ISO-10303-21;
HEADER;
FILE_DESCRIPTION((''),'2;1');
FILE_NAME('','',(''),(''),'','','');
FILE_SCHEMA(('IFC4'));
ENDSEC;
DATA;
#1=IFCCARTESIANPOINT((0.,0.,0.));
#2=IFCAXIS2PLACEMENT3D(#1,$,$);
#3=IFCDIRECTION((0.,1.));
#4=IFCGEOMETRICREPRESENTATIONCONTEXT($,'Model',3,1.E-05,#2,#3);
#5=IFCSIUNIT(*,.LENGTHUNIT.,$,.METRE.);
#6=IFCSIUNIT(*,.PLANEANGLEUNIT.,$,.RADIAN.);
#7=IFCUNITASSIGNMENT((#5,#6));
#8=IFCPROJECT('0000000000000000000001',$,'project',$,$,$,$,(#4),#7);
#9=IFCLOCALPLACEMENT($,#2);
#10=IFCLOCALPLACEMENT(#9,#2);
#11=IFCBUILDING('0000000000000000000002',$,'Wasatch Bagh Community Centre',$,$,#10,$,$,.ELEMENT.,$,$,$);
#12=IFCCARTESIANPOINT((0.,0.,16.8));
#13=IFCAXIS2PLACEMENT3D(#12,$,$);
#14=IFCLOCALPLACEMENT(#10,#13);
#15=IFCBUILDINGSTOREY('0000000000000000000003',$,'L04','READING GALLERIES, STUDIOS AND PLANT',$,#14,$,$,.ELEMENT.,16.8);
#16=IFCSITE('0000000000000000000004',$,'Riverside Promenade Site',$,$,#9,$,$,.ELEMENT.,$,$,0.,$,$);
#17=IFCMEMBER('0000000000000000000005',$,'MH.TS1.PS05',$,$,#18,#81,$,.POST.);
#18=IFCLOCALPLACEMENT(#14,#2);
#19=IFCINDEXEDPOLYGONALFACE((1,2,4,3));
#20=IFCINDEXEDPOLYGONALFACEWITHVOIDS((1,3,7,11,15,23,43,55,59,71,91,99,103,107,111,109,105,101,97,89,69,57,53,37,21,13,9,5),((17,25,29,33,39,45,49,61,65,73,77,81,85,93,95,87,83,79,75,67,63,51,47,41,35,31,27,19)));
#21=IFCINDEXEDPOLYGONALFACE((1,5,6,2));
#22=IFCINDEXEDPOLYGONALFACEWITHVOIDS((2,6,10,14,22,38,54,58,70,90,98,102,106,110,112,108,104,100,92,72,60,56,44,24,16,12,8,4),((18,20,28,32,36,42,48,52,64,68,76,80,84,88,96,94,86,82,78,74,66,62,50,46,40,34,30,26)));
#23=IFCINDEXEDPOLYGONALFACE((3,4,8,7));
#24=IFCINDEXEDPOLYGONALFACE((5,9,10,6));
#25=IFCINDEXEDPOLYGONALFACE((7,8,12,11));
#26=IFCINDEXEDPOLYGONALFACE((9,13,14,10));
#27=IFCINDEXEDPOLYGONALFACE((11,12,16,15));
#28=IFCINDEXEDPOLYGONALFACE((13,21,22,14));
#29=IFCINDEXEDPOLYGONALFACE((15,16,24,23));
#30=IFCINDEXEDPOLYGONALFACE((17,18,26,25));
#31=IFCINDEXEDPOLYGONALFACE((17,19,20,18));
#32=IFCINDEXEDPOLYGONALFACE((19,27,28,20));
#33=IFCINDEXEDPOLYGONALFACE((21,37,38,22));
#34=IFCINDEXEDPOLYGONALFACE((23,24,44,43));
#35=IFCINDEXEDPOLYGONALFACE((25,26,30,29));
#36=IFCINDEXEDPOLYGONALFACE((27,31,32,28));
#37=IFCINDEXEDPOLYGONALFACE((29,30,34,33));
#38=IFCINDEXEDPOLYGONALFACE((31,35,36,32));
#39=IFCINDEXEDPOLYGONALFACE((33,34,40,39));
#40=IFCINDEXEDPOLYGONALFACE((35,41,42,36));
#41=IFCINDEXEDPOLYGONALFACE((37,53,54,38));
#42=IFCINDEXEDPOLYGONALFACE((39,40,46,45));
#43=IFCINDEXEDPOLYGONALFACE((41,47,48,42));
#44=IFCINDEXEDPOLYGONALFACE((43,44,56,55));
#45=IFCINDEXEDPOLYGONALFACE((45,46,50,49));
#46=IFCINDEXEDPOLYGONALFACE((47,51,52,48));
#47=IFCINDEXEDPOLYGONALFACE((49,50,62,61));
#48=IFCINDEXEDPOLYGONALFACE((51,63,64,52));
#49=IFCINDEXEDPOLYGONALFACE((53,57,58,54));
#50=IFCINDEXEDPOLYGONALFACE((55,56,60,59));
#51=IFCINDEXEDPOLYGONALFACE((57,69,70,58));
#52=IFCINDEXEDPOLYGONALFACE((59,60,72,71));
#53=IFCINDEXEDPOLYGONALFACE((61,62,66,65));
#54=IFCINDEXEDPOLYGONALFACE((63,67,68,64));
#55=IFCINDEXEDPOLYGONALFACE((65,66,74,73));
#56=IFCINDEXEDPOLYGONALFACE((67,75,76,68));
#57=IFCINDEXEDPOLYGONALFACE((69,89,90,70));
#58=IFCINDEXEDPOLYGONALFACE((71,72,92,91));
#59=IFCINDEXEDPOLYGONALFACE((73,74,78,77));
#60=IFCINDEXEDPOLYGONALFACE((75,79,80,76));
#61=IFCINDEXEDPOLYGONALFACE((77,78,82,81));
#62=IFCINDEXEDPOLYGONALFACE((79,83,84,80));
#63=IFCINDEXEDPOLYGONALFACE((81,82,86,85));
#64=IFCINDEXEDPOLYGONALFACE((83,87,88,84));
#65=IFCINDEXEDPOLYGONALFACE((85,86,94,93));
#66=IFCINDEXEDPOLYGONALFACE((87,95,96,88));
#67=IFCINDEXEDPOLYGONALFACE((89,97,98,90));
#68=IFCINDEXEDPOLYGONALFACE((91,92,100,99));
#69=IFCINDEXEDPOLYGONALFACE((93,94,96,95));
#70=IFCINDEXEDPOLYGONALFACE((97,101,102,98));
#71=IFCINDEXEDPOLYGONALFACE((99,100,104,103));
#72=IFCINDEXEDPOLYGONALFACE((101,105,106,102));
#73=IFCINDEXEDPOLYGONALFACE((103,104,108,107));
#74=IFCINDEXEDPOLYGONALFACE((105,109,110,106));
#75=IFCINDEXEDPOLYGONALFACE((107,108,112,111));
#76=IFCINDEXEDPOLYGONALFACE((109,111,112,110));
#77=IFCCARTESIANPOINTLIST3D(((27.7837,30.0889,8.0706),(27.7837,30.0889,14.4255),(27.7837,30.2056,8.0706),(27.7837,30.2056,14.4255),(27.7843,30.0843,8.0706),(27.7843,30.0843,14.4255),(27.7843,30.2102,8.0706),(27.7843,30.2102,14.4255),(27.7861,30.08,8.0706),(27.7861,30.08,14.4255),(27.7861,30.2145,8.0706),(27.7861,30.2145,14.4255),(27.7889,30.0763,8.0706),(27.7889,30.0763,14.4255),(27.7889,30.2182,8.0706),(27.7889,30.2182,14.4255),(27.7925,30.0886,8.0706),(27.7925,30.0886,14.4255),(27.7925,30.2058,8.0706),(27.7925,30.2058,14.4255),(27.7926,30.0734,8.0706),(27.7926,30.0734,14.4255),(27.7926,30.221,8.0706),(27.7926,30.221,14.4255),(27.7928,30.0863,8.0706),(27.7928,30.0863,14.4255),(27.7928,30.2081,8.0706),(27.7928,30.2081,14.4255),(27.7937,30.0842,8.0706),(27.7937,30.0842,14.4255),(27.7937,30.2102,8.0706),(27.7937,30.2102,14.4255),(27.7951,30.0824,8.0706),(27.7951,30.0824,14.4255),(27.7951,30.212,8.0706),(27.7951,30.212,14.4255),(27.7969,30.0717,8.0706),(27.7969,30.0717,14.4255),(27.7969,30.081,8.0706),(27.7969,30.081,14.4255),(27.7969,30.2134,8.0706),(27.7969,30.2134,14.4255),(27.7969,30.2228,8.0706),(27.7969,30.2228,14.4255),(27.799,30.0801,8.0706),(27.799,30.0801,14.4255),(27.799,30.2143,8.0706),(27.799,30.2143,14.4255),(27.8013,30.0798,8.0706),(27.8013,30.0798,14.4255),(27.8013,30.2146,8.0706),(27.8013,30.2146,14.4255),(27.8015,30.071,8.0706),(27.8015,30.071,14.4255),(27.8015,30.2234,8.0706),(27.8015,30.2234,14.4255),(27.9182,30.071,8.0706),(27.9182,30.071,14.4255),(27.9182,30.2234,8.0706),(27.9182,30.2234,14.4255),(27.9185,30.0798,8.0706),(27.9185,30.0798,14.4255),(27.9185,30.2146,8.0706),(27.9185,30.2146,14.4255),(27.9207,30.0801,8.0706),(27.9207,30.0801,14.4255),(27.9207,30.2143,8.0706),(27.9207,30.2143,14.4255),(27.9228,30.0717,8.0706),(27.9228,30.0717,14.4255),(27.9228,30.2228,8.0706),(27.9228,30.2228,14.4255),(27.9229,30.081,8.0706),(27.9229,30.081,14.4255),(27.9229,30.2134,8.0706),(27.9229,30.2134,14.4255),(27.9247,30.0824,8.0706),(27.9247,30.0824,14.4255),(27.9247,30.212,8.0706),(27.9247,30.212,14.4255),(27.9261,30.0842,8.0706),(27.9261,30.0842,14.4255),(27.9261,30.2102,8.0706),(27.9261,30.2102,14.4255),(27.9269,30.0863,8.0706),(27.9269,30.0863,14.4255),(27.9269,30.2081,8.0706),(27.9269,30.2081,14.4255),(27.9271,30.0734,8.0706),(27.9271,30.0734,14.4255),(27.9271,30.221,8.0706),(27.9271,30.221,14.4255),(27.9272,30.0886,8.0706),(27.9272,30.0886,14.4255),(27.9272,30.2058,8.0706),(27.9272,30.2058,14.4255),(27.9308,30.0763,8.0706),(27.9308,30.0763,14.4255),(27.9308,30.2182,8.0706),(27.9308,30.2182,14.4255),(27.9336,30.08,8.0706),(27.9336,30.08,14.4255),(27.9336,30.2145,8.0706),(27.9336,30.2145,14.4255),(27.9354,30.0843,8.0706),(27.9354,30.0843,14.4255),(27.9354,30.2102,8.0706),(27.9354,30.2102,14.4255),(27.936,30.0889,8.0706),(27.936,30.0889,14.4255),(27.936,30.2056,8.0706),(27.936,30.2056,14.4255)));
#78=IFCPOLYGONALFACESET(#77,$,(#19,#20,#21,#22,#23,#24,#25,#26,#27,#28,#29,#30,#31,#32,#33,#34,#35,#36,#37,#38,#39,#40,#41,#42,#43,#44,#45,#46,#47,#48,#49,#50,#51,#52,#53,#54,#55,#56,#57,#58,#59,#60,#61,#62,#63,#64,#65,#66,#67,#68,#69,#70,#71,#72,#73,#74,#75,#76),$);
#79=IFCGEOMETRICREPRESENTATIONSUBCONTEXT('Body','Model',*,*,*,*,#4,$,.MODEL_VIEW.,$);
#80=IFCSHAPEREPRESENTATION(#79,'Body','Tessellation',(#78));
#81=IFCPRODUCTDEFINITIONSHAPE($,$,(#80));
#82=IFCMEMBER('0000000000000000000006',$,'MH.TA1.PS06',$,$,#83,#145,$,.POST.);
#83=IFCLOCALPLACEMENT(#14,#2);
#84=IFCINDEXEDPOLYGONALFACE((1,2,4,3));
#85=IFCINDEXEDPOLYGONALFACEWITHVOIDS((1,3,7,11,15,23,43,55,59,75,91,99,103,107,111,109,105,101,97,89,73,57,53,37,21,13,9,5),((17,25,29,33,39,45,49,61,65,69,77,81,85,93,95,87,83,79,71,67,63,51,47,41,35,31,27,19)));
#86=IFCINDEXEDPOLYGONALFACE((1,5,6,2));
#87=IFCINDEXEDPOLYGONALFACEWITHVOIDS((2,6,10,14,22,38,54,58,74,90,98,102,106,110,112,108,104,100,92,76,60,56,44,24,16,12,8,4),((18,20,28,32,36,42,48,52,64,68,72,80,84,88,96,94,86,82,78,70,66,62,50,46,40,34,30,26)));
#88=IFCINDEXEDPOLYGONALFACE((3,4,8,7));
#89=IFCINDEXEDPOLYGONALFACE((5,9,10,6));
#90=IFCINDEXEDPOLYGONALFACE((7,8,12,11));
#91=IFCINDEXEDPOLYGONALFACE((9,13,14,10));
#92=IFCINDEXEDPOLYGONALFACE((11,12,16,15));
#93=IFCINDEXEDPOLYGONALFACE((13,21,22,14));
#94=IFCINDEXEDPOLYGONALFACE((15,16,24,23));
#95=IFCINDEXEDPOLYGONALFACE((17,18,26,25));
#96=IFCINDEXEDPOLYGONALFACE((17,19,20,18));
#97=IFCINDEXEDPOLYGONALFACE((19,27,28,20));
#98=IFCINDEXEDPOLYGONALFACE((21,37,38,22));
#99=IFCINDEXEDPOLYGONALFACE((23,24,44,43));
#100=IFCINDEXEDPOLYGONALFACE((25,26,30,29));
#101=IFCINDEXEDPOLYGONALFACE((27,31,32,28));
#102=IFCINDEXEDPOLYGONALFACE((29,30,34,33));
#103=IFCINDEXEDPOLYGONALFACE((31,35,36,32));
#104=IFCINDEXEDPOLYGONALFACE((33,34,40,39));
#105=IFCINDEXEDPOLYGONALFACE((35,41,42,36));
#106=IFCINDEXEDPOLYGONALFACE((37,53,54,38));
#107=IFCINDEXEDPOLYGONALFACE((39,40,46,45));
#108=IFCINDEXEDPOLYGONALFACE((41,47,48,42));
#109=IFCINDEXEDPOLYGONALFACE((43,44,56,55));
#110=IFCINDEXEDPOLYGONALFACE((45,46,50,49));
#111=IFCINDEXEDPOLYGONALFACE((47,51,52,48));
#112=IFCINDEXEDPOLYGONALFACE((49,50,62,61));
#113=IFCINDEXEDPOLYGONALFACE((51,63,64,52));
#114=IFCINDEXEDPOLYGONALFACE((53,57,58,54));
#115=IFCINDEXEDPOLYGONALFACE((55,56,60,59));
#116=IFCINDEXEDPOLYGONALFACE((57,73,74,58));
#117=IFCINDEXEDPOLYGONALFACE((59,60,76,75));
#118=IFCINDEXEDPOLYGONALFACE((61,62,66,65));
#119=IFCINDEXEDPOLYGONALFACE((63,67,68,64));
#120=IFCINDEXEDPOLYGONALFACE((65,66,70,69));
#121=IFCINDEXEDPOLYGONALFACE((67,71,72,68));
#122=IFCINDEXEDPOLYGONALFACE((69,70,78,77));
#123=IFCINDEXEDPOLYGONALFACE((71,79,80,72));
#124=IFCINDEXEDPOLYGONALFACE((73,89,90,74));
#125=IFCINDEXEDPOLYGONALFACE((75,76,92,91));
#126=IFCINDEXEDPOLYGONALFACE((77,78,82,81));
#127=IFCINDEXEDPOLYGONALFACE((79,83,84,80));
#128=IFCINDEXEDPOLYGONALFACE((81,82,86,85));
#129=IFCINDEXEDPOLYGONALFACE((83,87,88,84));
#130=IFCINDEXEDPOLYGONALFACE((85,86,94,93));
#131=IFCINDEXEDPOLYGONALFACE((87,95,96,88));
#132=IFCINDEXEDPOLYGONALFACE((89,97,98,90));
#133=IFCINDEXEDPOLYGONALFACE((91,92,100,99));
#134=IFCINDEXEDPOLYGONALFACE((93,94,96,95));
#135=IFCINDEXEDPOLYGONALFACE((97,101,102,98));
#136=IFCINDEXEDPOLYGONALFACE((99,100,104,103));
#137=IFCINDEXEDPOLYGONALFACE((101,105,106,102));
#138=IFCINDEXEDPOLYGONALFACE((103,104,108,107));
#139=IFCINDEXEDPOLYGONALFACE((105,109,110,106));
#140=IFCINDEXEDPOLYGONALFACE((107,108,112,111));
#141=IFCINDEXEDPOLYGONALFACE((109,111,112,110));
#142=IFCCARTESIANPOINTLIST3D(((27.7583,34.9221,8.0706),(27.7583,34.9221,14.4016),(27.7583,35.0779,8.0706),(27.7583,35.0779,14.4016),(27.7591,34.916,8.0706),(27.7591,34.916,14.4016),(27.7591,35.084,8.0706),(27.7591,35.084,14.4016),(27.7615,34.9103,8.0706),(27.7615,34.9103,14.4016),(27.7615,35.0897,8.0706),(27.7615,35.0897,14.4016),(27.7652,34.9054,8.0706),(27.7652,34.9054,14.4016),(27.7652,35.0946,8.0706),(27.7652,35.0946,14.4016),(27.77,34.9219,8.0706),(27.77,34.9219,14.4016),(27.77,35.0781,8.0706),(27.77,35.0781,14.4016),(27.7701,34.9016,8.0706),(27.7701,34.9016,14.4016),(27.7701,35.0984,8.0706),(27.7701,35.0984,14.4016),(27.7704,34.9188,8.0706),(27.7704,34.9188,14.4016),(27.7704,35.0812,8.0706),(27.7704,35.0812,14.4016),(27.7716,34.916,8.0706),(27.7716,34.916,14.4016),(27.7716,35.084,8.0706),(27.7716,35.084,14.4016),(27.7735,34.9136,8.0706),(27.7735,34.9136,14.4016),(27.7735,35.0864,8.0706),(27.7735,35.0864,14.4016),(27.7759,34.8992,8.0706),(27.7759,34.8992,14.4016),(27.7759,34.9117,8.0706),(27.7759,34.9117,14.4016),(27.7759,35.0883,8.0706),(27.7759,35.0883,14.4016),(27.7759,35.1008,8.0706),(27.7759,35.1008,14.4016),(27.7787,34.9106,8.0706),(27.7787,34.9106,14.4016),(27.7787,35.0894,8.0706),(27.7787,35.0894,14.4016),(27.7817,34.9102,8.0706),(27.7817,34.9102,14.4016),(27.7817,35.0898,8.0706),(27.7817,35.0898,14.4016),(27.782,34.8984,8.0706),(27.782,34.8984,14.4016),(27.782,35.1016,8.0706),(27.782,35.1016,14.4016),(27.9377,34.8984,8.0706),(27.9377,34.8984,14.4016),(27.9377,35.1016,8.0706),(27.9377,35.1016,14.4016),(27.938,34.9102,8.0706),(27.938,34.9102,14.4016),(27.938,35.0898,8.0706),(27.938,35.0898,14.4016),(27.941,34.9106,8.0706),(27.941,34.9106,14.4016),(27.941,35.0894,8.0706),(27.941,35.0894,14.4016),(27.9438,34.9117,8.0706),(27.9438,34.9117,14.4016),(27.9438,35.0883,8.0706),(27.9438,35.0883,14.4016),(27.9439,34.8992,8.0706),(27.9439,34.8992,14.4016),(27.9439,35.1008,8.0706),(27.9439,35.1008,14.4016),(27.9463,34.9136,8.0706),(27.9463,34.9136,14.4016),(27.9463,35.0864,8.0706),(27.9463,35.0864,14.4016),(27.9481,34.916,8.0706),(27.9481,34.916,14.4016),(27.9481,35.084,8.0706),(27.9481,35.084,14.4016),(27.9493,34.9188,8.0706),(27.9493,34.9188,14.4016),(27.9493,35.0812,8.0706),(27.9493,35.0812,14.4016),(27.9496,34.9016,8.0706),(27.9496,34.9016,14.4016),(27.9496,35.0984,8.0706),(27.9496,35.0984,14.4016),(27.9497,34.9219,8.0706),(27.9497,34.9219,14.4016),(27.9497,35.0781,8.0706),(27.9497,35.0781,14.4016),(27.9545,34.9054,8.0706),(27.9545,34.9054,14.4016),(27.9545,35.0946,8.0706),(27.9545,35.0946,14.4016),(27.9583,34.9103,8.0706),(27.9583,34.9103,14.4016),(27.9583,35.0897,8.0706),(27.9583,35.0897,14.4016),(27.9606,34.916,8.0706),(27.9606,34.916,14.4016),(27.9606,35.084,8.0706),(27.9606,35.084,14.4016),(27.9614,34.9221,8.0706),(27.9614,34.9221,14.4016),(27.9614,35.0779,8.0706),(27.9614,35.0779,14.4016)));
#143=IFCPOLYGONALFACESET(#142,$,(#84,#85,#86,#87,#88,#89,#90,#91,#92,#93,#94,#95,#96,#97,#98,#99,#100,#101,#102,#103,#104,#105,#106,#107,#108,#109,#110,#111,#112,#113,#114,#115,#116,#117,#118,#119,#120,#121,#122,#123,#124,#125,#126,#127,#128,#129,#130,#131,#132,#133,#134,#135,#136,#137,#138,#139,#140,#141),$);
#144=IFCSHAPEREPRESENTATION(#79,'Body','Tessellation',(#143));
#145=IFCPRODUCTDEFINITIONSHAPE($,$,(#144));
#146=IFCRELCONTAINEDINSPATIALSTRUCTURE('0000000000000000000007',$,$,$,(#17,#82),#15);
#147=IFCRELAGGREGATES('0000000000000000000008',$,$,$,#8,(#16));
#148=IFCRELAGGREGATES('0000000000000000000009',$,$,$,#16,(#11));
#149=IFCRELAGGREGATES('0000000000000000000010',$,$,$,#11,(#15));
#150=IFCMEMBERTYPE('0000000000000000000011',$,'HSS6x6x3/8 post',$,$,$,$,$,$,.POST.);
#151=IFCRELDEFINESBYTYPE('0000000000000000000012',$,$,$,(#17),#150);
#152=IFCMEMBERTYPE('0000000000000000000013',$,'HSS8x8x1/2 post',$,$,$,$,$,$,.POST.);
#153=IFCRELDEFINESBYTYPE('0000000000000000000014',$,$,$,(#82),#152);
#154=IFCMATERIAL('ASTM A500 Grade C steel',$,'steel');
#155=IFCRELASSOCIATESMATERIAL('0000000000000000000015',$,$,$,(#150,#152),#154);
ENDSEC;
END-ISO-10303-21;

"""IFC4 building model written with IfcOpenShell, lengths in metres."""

from ifc_helpers import new_model, si_unit, direction, frame, origin, origin_2d, place, context, subcontext, project, spatial, hollow_rectangle, extrude, material, material_profile, profile_set, type_object, element, save


model = new_model("IFC4")

# Units and contexts
model_context = context("Model", 3, precision=1e-05, world=origin(), true_north=direction((0.0, 1.0)))
body_context = subcontext(model_context, "Body", "Model", "MODEL_VIEW")
ifc_project = project(units=[si_unit("LENGTHUNIT", "METRE"), si_unit("PLANEANGLEUNIT", "RADIAN")], contexts=[model_context])

# Site, building, storey
site_placement = place(None, origin())
site = spatial("IfcSite", under=ifc_project, at=site_placement, Name="Riverside Promenade Site", CompositionType="ELEMENT", RefElevation=0.0)
building_placement = place(site_placement, origin())
building = spatial("IfcBuilding", under=site, at=building_placement, Name="Wasatch Bagh Community Centre", CompositionType="ELEMENT")
storey_placement = place(building_placement, frame((0.0, 0.0, 16.8)))
storey = spatial("IfcBuildingStorey", under=building, at=storey_placement, Name="L04", Description="READING GALLERIES, STUDIOS AND PLANT", CompositionType="ELEMENT", Elevation=16.8)

# Members
ifc_material_1 = material(Name="ASTM A500 Grade C steel", Category="steel")
ifc_material_profile_1 = material_profile(ifc_material_1, hollow_rectangle(XDim=0.1523, YDim=0.1523, WallThickness=0.0088, InnerFilletRadius=0.0088, OuterFilletRadius=0.0178, at=origin_2d()), Name="HSS6x6x3/8")
ifc_profile_set_1 = profile_set([ifc_material_profile_1], Name="ASTM A500 Grade C steel")
member_type_1 = type_object("IfcMemberType", Name="HSS6x6x3/8 post", PredefinedType="POST", material=ifc_profile_set_1)
member_1_placement = place(storey_placement, frame((27.8599, 30.1472, 8.0706), z_axis=(0.0, 0.0, 1.0), x_axis=(1.0, 0.0, 0.0)))
element("IfcMember", 1, at=member_1_placement, inside=storey, type_object=member_type_1, Name="MH.TS1.PS05", PredefinedType="POST", context=body_context, shape_type="SweptSolid", body=[
    extrude(hollow_rectangle(XDim=0.1523, YDim=0.1523, WallThickness=0.0088, InnerFilletRadius=0.0088, OuterFilletRadius=0.0178, at=origin_2d()), origin(), (0.0, 0.0, 1.0), 6.355),
])
ifc_material_profile_2 = material_profile(ifc_material_1, hollow_rectangle(XDim=0.2031, YDim=0.2031, WallThickness=0.0117, InnerFilletRadius=0.0117, OuterFilletRadius=0.0237, at=origin_2d()), Name="HSS8x8x1/2")
ifc_profile_set_2 = profile_set([ifc_material_profile_2], Name="ASTM A500 Grade C steel")
member_type_2 = type_object("IfcMemberType", Name="HSS8x8x1/2 post", PredefinedType="POST", material=ifc_profile_set_2)
member_2_placement = place(storey_placement, frame((27.8599, 35.0, 8.0706), z_axis=(0.0, 0.0, 1.0), x_axis=(1.0, 0.0, 0.0)))
element("IfcMember", 2, at=member_2_placement, inside=storey, type_object=member_type_2, Name="MH.TA1.PS06", PredefinedType="POST", context=body_context, shape_type="SweptSolid", body=[
    extrude(hollow_rectangle(XDim=0.2031, YDim=0.2031, WallThickness=0.0117, InnerFilletRadius=0.0117, OuterFilletRadius=0.0237, at=origin_2d()), origin(), (0.0, 0.0, 1.0), 6.3311),
])

save(model, "model.ifc")
